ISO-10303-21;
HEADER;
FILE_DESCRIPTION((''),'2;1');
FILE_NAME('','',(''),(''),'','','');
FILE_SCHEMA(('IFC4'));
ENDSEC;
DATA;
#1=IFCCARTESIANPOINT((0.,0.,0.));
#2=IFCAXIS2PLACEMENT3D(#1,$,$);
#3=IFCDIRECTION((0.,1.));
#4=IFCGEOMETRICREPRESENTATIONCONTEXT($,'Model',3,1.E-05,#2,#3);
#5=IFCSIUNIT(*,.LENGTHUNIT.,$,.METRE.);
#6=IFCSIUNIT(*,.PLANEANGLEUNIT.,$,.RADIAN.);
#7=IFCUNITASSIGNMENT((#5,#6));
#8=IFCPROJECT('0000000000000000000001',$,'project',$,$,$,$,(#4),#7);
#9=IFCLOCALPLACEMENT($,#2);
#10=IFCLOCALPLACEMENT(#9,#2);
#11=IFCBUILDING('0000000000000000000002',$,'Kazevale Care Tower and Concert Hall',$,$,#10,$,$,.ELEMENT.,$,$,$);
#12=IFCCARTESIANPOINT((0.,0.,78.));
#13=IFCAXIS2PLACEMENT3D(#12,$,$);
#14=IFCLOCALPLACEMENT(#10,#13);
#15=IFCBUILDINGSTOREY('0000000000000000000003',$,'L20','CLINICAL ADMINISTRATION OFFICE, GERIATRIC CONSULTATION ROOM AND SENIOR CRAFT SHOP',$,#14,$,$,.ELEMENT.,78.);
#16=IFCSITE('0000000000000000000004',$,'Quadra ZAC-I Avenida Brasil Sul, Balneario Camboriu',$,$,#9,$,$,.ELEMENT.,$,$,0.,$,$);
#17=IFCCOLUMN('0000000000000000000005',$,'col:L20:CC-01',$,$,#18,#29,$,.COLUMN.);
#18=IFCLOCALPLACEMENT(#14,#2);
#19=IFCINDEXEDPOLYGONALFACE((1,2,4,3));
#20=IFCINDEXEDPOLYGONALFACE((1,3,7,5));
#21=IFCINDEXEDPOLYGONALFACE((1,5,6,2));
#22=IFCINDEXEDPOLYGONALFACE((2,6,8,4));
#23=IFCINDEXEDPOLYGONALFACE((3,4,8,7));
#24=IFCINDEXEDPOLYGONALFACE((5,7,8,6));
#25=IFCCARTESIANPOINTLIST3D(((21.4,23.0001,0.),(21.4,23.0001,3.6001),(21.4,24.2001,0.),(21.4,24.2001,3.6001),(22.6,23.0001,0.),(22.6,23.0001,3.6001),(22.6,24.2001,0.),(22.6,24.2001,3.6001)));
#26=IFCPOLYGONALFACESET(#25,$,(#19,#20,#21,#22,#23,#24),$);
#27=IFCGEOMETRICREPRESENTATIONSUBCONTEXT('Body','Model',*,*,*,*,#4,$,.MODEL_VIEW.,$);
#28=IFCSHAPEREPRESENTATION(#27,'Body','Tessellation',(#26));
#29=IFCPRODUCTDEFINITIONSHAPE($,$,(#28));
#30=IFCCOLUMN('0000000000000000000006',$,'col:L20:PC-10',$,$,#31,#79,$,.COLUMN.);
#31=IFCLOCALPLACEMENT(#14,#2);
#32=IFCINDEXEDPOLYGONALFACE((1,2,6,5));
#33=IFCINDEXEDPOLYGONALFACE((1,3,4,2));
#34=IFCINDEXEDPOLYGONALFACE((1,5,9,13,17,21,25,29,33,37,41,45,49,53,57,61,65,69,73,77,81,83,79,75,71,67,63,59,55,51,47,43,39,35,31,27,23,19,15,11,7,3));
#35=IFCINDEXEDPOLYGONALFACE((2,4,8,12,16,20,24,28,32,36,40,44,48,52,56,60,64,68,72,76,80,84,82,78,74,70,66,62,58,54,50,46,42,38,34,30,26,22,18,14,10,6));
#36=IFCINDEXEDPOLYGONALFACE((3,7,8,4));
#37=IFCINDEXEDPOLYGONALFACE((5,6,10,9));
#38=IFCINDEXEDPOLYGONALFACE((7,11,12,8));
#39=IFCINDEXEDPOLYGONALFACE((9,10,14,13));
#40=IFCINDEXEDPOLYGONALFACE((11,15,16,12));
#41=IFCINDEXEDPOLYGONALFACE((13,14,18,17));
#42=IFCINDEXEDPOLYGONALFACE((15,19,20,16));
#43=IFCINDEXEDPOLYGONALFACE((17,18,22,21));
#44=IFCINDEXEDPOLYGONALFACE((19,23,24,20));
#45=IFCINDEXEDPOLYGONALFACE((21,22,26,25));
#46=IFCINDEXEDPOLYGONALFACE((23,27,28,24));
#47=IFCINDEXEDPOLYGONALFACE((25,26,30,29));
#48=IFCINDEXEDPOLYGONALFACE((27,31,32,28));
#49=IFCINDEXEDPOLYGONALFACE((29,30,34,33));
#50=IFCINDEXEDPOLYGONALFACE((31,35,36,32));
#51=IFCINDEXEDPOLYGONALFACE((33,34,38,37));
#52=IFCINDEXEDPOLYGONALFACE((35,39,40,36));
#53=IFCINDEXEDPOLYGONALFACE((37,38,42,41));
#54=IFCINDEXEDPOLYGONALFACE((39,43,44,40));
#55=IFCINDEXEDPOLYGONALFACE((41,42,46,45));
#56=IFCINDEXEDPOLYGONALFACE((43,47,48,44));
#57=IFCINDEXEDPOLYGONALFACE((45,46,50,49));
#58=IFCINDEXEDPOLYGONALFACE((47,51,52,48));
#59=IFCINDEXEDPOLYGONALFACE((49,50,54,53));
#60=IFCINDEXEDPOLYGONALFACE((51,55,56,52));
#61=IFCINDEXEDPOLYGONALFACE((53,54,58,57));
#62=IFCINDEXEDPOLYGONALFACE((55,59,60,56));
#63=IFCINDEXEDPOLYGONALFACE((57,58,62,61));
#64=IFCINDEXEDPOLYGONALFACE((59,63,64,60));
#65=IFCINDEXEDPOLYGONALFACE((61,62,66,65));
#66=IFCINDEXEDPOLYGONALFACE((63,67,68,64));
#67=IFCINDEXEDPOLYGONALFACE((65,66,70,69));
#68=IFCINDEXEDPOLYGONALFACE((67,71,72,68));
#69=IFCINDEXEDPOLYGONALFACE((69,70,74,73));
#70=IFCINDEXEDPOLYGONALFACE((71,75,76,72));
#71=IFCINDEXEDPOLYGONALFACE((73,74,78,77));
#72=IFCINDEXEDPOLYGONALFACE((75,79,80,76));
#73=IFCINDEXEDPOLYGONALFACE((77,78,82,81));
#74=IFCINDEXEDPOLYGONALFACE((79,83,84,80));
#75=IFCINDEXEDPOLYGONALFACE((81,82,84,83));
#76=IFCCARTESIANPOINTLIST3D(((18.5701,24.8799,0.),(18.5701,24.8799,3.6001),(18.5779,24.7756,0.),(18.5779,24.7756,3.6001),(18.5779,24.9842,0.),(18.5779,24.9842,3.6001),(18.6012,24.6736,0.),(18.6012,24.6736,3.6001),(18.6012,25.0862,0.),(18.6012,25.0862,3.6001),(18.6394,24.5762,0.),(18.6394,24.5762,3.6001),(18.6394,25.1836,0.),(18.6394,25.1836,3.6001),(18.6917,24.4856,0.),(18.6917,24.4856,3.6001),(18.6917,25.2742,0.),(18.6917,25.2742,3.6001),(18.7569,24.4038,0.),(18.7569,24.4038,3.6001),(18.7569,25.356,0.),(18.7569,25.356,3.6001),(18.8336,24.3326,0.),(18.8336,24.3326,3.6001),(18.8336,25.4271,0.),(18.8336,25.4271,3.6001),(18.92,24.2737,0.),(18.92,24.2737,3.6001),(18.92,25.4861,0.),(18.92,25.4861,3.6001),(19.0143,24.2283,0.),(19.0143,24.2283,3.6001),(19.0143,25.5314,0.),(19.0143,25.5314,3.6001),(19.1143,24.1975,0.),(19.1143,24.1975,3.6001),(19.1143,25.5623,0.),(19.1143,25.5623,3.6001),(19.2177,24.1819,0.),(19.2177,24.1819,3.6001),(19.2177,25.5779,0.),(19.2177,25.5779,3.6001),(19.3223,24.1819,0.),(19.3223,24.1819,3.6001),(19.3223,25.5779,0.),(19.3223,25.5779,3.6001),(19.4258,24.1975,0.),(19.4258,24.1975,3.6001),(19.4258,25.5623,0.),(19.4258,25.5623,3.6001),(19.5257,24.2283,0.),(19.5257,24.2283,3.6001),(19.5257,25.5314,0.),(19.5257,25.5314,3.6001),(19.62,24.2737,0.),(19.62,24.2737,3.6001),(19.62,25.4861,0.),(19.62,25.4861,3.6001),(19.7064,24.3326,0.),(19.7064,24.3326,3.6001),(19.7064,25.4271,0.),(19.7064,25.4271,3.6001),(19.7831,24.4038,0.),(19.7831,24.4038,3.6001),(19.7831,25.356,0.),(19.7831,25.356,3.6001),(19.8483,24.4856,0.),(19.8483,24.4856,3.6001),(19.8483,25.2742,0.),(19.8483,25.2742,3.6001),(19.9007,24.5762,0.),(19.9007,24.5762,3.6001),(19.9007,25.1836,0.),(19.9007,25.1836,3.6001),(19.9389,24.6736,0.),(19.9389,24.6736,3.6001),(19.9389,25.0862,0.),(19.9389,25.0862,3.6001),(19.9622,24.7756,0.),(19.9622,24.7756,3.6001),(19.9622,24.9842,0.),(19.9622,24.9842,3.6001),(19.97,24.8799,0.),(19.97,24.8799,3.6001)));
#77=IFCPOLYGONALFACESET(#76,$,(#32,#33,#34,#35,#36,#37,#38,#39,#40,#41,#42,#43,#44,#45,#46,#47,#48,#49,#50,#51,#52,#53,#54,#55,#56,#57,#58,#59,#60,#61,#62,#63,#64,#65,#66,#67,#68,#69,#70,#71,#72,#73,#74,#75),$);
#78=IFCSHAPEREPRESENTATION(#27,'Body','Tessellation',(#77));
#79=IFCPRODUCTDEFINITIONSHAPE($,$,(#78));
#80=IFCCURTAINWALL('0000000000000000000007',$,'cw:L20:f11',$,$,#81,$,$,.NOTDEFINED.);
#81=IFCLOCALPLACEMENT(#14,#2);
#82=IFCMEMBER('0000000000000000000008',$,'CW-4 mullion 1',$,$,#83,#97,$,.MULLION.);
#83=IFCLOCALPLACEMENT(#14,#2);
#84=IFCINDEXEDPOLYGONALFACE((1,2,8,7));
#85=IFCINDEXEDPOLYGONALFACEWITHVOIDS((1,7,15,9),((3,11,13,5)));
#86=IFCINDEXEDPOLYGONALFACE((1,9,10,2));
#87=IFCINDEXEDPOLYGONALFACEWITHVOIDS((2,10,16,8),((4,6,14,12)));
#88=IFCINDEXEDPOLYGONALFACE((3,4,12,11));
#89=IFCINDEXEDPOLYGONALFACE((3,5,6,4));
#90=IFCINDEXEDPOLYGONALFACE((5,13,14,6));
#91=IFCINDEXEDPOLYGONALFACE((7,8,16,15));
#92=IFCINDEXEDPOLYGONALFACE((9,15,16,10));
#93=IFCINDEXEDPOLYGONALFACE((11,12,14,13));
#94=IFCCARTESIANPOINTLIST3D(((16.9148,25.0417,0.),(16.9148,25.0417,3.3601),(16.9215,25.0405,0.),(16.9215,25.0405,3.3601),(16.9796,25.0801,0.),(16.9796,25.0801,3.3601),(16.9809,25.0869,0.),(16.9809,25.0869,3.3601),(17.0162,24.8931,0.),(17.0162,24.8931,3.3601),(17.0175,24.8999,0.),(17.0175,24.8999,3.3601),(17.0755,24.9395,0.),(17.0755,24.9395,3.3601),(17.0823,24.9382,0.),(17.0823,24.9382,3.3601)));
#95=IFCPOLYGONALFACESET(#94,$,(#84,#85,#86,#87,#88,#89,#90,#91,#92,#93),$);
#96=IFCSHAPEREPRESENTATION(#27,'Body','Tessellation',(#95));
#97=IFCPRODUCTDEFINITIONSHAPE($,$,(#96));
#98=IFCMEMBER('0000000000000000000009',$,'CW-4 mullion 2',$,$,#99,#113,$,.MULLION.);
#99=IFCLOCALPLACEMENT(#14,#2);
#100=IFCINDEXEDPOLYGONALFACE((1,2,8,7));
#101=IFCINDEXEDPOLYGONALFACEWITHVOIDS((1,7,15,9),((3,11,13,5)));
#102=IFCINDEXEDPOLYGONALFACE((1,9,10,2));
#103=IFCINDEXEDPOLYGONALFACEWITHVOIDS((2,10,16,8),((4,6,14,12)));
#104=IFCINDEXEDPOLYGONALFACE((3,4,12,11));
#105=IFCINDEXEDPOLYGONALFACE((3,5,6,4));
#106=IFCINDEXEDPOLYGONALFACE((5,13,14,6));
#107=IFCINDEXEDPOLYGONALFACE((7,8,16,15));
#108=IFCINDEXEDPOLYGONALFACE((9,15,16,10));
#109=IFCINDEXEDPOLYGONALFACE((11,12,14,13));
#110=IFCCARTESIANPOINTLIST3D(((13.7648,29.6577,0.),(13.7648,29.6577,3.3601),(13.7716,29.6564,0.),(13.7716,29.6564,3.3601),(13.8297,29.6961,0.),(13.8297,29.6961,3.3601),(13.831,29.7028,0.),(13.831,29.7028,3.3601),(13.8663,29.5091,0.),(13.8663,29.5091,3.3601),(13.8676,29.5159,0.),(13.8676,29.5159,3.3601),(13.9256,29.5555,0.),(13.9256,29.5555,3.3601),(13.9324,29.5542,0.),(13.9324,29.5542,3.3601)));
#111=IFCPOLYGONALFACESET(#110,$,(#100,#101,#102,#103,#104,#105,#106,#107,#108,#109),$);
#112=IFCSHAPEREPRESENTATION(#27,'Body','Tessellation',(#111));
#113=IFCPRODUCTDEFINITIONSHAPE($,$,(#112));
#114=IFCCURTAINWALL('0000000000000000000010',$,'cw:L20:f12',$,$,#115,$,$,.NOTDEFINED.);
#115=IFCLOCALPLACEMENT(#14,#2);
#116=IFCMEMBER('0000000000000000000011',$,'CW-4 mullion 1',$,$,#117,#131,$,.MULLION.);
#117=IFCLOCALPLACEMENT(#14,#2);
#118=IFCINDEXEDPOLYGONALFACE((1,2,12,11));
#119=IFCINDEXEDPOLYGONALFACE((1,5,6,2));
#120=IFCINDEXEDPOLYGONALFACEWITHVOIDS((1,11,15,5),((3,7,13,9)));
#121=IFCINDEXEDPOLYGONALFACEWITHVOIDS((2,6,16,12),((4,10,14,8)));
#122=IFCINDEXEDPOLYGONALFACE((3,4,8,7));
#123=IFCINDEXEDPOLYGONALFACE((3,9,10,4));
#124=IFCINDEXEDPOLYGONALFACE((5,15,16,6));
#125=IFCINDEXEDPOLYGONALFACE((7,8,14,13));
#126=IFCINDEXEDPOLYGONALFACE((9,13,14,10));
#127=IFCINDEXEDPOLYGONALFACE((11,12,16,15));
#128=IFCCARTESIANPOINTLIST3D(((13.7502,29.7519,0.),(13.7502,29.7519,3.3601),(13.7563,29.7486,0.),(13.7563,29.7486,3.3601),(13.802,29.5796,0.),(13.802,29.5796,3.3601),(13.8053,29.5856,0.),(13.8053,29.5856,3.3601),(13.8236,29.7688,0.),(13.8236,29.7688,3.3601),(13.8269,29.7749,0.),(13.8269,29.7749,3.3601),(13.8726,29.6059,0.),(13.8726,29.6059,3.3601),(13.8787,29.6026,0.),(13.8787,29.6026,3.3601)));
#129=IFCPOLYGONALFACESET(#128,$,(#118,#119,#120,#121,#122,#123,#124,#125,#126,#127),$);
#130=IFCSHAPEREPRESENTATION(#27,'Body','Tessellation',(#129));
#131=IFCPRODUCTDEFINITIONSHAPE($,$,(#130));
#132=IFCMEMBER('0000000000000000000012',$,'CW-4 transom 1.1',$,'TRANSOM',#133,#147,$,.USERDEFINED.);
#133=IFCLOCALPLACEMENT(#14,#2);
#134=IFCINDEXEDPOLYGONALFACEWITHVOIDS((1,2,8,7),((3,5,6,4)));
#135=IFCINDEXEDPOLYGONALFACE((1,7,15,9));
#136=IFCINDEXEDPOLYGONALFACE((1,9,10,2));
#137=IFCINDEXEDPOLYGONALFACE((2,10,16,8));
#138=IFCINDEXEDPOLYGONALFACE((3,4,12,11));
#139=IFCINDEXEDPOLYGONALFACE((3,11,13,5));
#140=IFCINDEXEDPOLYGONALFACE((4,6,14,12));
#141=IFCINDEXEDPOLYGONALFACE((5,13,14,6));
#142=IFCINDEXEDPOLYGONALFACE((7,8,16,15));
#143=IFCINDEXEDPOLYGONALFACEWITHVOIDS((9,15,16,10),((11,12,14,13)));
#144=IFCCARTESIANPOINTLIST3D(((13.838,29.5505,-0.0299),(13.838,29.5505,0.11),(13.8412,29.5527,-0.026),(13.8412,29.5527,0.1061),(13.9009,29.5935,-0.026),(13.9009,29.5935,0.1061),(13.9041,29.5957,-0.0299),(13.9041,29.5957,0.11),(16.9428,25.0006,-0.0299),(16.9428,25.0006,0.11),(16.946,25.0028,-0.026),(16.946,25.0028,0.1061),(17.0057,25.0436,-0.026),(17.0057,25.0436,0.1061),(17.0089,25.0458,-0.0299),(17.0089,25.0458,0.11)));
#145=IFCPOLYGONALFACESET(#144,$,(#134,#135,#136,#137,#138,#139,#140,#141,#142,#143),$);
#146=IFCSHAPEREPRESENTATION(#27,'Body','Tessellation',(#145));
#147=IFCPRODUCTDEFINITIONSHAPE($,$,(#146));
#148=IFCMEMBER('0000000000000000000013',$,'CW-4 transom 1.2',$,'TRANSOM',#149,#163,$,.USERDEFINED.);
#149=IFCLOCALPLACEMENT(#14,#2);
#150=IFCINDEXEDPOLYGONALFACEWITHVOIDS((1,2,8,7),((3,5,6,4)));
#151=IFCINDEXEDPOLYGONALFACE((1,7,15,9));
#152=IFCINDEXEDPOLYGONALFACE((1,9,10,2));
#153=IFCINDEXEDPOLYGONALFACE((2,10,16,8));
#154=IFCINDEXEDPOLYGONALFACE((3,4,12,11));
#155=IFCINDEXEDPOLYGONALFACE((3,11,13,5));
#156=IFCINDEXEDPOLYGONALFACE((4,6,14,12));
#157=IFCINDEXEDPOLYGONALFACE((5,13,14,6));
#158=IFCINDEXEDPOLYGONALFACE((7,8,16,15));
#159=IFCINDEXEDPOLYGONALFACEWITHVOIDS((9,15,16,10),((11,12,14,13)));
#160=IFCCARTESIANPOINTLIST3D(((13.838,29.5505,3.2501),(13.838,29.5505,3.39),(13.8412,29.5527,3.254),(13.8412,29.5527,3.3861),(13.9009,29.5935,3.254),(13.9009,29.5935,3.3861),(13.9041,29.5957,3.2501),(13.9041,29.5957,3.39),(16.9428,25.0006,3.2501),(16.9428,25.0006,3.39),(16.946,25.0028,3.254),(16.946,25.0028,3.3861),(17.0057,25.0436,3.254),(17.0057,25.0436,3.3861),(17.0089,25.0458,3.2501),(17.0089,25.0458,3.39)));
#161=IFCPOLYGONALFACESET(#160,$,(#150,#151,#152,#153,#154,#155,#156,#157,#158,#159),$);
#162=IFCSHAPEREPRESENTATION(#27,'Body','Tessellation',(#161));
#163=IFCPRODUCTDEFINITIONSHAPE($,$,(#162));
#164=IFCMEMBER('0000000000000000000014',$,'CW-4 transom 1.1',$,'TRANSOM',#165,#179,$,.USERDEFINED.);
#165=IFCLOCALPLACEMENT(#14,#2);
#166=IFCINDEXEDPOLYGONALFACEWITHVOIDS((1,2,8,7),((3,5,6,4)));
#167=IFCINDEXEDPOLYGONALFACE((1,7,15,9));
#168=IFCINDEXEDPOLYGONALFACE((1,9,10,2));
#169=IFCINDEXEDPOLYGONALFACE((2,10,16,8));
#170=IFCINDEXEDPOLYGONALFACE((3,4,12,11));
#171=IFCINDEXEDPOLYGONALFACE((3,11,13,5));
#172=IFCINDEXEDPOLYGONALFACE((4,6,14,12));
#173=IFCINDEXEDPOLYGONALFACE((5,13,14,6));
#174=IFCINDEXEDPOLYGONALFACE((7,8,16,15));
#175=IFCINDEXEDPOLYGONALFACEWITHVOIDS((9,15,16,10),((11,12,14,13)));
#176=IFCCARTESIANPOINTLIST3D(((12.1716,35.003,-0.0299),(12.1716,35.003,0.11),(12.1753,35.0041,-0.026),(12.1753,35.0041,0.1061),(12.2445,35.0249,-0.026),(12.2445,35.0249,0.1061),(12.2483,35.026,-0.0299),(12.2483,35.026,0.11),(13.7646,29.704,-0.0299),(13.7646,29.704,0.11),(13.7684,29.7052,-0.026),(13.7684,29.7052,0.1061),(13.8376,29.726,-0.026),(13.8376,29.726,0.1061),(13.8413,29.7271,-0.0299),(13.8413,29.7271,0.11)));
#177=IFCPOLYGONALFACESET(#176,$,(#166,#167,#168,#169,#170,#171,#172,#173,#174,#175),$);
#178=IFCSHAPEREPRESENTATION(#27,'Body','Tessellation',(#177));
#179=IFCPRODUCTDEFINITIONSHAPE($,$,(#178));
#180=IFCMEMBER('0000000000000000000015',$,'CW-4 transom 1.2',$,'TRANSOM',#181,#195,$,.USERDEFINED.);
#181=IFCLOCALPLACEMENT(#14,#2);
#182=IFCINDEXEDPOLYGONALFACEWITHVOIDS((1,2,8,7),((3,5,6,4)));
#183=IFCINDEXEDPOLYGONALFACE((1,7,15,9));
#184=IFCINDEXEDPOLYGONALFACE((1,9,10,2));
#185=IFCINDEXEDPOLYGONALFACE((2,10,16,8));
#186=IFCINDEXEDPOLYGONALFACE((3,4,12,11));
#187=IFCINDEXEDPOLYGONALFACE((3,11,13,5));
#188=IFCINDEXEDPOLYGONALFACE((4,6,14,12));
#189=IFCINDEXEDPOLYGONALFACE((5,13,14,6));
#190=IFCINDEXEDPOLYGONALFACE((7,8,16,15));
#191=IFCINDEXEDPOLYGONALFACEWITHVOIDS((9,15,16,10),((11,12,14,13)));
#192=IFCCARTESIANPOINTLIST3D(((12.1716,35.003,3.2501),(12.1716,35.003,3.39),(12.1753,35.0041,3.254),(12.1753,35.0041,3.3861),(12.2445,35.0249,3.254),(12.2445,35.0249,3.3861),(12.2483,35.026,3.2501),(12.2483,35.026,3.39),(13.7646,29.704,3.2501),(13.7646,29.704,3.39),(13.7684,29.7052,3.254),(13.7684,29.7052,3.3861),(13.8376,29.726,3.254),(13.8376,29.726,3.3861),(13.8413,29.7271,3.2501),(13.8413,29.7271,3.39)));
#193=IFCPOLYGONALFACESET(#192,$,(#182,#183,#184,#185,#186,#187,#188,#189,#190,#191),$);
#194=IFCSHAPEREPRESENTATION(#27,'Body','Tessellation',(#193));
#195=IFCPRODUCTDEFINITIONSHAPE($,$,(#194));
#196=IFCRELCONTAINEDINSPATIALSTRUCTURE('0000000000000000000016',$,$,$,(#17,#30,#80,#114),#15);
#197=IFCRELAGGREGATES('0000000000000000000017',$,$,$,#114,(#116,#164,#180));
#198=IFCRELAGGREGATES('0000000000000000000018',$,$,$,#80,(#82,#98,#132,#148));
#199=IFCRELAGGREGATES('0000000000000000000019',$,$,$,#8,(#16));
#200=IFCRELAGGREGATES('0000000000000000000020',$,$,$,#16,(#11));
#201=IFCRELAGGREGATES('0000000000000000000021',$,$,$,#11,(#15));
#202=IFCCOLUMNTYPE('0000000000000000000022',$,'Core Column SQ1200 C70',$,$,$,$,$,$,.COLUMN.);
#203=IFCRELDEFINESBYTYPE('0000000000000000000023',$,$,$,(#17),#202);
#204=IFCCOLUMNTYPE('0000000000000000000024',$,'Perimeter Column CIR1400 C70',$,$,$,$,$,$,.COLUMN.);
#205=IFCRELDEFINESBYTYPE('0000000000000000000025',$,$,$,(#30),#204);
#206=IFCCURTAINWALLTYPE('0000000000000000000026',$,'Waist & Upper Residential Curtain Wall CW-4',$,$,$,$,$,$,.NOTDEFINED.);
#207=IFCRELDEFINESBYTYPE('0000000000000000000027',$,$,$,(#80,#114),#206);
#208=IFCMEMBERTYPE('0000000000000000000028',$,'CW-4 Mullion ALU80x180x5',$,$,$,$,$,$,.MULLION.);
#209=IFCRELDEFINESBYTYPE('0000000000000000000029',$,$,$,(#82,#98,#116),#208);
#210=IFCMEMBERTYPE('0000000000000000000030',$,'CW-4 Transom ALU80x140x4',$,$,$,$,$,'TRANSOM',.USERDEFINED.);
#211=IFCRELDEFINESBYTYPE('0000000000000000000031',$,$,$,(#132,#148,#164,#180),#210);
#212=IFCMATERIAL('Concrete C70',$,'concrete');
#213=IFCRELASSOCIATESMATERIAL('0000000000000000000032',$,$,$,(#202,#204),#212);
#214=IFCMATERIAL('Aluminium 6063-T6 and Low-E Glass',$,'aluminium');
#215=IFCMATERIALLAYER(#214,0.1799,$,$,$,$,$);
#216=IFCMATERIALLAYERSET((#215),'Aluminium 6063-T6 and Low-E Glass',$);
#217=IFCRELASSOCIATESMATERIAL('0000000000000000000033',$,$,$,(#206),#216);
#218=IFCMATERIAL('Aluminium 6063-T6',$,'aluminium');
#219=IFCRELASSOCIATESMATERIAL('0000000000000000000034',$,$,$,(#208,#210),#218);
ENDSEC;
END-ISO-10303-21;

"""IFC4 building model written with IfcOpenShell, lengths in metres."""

from ifc_helpers import new_model, si_unit, direction, frame, origin, origin_2d, place, context, subcontext, project, spatial, rectangle, hollow_rectangle, circle, extrude, material, layer, layer_set, material_profile, profile_set, type_object, element, aggregate, save


model = new_model("IFC4")

# Units and contexts
model_context = context("Model", 3, precision=1e-05, world=origin(), true_north=direction((0.0, 1.0)))
body_context = subcontext(model_context, "Body", "Model", "MODEL_VIEW")
ifc_project = project(units=[si_unit("LENGTHUNIT", "METRE"), si_unit("PLANEANGLEUNIT", "RADIAN")], contexts=[model_context])

# Site, building, storey
site_placement = place(None, origin())
site = spatial("IfcSite", under=ifc_project, at=site_placement, Name="Quadra ZAC-I Avenida Brasil Sul, Balneario Camboriu", CompositionType="ELEMENT", RefElevation=0.0)
building_placement = place(site_placement, origin())
building = spatial("IfcBuilding", under=site, at=building_placement, Name="Kazevale Care Tower and Concert Hall", CompositionType="ELEMENT")
storey_placement = place(building_placement, frame((0.0, 0.0, 78.0)))
storey = spatial("IfcBuildingStorey", under=building, at=storey_placement, Name="L20", Description="CLINICAL ADMINISTRATION OFFICE, GERIATRIC CONSULTATION ROOM AND SENIOR CRAFT SHOP", CompositionType="ELEMENT", Elevation=78.0)

# Columns
ifc_material_1 = material(Name="Concrete C70", Category="concrete")
ifc_material_profile_1 = material_profile(ifc_material_1, rectangle(XDim=1.2, YDim=1.2, at=origin_2d()), Name="RC-SQ1200")
ifc_profile_set_1 = profile_set([ifc_material_profile_1], Name="Concrete C70")
column_type_1 = type_object("IfcColumnType", Name="Core Column SQ1200 C70", PredefinedType="COLUMN", material=ifc_profile_set_1)
column_1_placement = place(storey_placement, frame((22.0, 23.6001, 0.0), z_axis=(0.0, 0.0, 1.0), x_axis=(1.0, 0.0, 0.0)))
element("IfcColumn", 1, at=column_1_placement, inside=storey, type_object=column_type_1, Name="col:L20:CC-01", PredefinedType="COLUMN", context=body_context, shape_type="SweptSolid", body=[
    extrude(rectangle(XDim=1.2, YDim=1.2, at=origin_2d()), origin(), (0.0, 0.0, 1.0), 3.6001),
])
ifc_material_profile_2 = material_profile(ifc_material_1, circle(Radius=0.7, at=origin_2d()), Name="RC-CIR1400")
ifc_profile_set_2 = profile_set([ifc_material_profile_2], Name="Concrete C70")
column_type_2 = type_object("IfcColumnType", Name="Perimeter Column CIR1400 C70", PredefinedType="COLUMN", material=ifc_profile_set_2)
column_2_placement = place(storey_placement, frame((19.27, 24.8799, 0.0), z_axis=(0.0, 0.0, 1.0), x_axis=(1.0, 0.0, 0.0)))
element("IfcColumn", 2, at=column_2_placement, inside=storey, type_object=column_type_2, Name="col:L20:PC-10", PredefinedType="COLUMN", context=body_context, shape_type="SweptSolid", body=[
    extrude(circle(Radius=0.7, at=origin_2d()), origin(), (0.0, 0.0, 1.0), 3.6001),
])

# Curtain wall, members
ifc_material_2 = material(Name="Aluminium 6063-T6 and Low-E Glass", Category="aluminium")
ifc_layer_1 = layer(ifc_material_2, 0.1799)
ifc_layer_set_1 = layer_set([ifc_layer_1], Name="Aluminium 6063-T6 and Low-E Glass")
curtain_wall_type_1 = type_object("IfcCurtainWallType", Name="Waist & Upper Residential Curtain Wall CW-4", PredefinedType="NOTDEFINED", material=ifc_layer_set_1)
curtain_wall_1_placement = place(storey_placement, origin())
curtain_wall_1 = element("IfcCurtainWall", 3, at=curtain_wall_1_placement, inside=storey, type_object=curtain_wall_type_1, Name="cw:L20:f11", PredefinedType="NOTDEFINED")
ifc_material_3 = material(Name="Aluminium 6063-T6", Category="aluminium")
ifc_material_profile_3 = material_profile(ifc_material_3, hollow_rectangle(XDim=0.0801, YDim=0.1799, WallThickness=0.0049, at=origin_2d()), Name="ALU80x180x5")
ifc_profile_set_3 = profile_set([ifc_material_profile_3], Name="Aluminium 6063-T6")
member_type_1 = type_object("IfcMemberType", Name="CW-4 Mullion ALU80x180x5", PredefinedType="MULLION", material=ifc_profile_set_3)
member_1_placement = place(storey_placement, frame((16.9985, 24.99, 0.0), z_axis=(0.0, 0.0, 1.0), x_axis=(-0.826003, -0.563665, 0.0)))
member_1 = element("IfcMember", 4, at=member_1_placement, type_object=member_type_1, Name="CW-4 mullion 1", PredefinedType="MULLION", context=body_context, shape_type="SweptSolid", body=[
    extrude(hollow_rectangle(XDim=0.0801, YDim=0.1799, WallThickness=0.0049, at=origin_2d()), origin(), (0.0, 0.0, 1.0), 3.3601),
])
member_2_placement = place(storey_placement, frame((13.8486, 29.606, 0.0), z_axis=(0.0, 0.0, 1.0), x_axis=(-0.826003, -0.563665, 0.0)))
member_2 = element("IfcMember", 5, at=member_2_placement, type_object=member_type_1, Name="CW-4 mullion 2", PredefinedType="MULLION", context=body_context, shape_type="SweptSolid", body=[
    extrude(hollow_rectangle(XDim=0.0801, YDim=0.1799, WallThickness=0.0049, at=origin_2d()), origin(), (0.0, 0.0, 1.0), 3.3601),
])

# Curtain wall, member
curtain_wall_2_placement = place(storey_placement, origin())
curtain_wall_2 = element("IfcCurtainWall", 6, at=curtain_wall_2_placement, inside=storey, type_object=curtain_wall_type_1, Name="cw:L20:f12", PredefinedType="NOTDEFINED")
member_3_placement = place(storey_placement, frame((13.8145, 29.6772, 0.0), z_axis=(0.0, 0.0, 1.0), x_axis=(-0.957662, -0.287896, 0.0)))
member_3 = element("IfcMember", 7, at=member_3_placement, type_object=member_type_1, Name="CW-4 mullion 1", PredefinedType="MULLION", context=body_context, shape_type="SweptSolid", body=[
    extrude(hollow_rectangle(XDim=0.0801, YDim=0.1799, WallThickness=0.0049, at=origin_2d()), origin(), (0.0, 0.0, 1.0), 3.3601),
])

# Members
ifc_material_profile_4 = material_profile(ifc_material_3, hollow_rectangle(XDim=0.0801, YDim=0.1399, WallThickness=0.0039, at=origin_2d()), Name="ALU80x140x4")
ifc_profile_set_4 = profile_set([ifc_material_profile_4], Name="Aluminium 6063-T6")
member_type_2 = type_object("IfcMemberType", Name="CW-4 Transom ALU80x140x4", ElementType="TRANSOM", PredefinedType="USERDEFINED", material=ifc_profile_set_4)
member_4_placement = place(storey_placement, frame((16.9758, 25.0232, 0.04), z_axis=(-0.563659, 0.826008, 0.0), x_axis=(-0.826008, -0.563659, 0.0)))
member_4 = element("IfcMember", 8, at=member_4_placement, type_object=member_type_2, Name="CW-4 transom 1.1", ObjectType="TRANSOM", PredefinedType="USERDEFINED", context=body_context, shape_type="SweptSolid", body=[
    extrude(hollow_rectangle(XDim=0.0801, YDim=0.1399, WallThickness=0.0039, at=origin_2d()), origin(), (0.0, 0.0, 1.0), 5.5083),
])
member_5_placement = place(storey_placement, frame((16.9758, 25.0232, 3.3201), z_axis=(-0.563659, 0.826008, 0.0), x_axis=(-0.826008, -0.563659, 0.0)))
member_5 = element("IfcMember", 9, at=member_5_placement, type_object=member_type_2, Name="CW-4 transom 1.2", ObjectType="TRANSOM", PredefinedType="USERDEFINED", context=body_context, shape_type="SweptSolid", body=[
    extrude(hollow_rectangle(XDim=0.0801, YDim=0.1399, WallThickness=0.0039, at=origin_2d()), origin(), (0.0, 0.0, 1.0), 5.5083),
])
member_6_placement = place(storey_placement, frame((13.803, 29.7156, 0.04), z_axis=(-0.287906, 0.957659, 0.0), x_axis=(-0.957659, -0.287906, 0.0)))
member_6 = element("IfcMember", 10, at=member_6_placement, type_object=member_type_2, Name="CW-4 transom 1.1", ObjectType="TRANSOM", PredefinedType="USERDEFINED", context=body_context, shape_type="SweptSolid", body=[
    extrude(hollow_rectangle(XDim=0.0801, YDim=0.1399, WallThickness=0.0039, at=origin_2d()), origin(), (0.0, 0.0, 1.0), 5.5332),
])
member_7_placement = place(storey_placement, frame((13.803, 29.7156, 3.3201), z_axis=(-0.287906, 0.957659, 0.0), x_axis=(-0.957659, -0.287906, 0.0)))
member_7 = element("IfcMember", 11, at=member_7_placement, type_object=member_type_2, Name="CW-4 transom 1.2", ObjectType="TRANSOM", PredefinedType="USERDEFINED", context=body_context, shape_type="SweptSolid", body=[
    extrude(hollow_rectangle(XDim=0.0801, YDim=0.1399, WallThickness=0.0039, at=origin_2d()), origin(), (0.0, 0.0, 1.0), 5.5332),
])
aggregate(curtain_wall_2, [member_3, member_6, member_7])

aggregate(curtain_wall_1, [member_1, member_2, member_4, member_5])

save(model, "model.ifc")
